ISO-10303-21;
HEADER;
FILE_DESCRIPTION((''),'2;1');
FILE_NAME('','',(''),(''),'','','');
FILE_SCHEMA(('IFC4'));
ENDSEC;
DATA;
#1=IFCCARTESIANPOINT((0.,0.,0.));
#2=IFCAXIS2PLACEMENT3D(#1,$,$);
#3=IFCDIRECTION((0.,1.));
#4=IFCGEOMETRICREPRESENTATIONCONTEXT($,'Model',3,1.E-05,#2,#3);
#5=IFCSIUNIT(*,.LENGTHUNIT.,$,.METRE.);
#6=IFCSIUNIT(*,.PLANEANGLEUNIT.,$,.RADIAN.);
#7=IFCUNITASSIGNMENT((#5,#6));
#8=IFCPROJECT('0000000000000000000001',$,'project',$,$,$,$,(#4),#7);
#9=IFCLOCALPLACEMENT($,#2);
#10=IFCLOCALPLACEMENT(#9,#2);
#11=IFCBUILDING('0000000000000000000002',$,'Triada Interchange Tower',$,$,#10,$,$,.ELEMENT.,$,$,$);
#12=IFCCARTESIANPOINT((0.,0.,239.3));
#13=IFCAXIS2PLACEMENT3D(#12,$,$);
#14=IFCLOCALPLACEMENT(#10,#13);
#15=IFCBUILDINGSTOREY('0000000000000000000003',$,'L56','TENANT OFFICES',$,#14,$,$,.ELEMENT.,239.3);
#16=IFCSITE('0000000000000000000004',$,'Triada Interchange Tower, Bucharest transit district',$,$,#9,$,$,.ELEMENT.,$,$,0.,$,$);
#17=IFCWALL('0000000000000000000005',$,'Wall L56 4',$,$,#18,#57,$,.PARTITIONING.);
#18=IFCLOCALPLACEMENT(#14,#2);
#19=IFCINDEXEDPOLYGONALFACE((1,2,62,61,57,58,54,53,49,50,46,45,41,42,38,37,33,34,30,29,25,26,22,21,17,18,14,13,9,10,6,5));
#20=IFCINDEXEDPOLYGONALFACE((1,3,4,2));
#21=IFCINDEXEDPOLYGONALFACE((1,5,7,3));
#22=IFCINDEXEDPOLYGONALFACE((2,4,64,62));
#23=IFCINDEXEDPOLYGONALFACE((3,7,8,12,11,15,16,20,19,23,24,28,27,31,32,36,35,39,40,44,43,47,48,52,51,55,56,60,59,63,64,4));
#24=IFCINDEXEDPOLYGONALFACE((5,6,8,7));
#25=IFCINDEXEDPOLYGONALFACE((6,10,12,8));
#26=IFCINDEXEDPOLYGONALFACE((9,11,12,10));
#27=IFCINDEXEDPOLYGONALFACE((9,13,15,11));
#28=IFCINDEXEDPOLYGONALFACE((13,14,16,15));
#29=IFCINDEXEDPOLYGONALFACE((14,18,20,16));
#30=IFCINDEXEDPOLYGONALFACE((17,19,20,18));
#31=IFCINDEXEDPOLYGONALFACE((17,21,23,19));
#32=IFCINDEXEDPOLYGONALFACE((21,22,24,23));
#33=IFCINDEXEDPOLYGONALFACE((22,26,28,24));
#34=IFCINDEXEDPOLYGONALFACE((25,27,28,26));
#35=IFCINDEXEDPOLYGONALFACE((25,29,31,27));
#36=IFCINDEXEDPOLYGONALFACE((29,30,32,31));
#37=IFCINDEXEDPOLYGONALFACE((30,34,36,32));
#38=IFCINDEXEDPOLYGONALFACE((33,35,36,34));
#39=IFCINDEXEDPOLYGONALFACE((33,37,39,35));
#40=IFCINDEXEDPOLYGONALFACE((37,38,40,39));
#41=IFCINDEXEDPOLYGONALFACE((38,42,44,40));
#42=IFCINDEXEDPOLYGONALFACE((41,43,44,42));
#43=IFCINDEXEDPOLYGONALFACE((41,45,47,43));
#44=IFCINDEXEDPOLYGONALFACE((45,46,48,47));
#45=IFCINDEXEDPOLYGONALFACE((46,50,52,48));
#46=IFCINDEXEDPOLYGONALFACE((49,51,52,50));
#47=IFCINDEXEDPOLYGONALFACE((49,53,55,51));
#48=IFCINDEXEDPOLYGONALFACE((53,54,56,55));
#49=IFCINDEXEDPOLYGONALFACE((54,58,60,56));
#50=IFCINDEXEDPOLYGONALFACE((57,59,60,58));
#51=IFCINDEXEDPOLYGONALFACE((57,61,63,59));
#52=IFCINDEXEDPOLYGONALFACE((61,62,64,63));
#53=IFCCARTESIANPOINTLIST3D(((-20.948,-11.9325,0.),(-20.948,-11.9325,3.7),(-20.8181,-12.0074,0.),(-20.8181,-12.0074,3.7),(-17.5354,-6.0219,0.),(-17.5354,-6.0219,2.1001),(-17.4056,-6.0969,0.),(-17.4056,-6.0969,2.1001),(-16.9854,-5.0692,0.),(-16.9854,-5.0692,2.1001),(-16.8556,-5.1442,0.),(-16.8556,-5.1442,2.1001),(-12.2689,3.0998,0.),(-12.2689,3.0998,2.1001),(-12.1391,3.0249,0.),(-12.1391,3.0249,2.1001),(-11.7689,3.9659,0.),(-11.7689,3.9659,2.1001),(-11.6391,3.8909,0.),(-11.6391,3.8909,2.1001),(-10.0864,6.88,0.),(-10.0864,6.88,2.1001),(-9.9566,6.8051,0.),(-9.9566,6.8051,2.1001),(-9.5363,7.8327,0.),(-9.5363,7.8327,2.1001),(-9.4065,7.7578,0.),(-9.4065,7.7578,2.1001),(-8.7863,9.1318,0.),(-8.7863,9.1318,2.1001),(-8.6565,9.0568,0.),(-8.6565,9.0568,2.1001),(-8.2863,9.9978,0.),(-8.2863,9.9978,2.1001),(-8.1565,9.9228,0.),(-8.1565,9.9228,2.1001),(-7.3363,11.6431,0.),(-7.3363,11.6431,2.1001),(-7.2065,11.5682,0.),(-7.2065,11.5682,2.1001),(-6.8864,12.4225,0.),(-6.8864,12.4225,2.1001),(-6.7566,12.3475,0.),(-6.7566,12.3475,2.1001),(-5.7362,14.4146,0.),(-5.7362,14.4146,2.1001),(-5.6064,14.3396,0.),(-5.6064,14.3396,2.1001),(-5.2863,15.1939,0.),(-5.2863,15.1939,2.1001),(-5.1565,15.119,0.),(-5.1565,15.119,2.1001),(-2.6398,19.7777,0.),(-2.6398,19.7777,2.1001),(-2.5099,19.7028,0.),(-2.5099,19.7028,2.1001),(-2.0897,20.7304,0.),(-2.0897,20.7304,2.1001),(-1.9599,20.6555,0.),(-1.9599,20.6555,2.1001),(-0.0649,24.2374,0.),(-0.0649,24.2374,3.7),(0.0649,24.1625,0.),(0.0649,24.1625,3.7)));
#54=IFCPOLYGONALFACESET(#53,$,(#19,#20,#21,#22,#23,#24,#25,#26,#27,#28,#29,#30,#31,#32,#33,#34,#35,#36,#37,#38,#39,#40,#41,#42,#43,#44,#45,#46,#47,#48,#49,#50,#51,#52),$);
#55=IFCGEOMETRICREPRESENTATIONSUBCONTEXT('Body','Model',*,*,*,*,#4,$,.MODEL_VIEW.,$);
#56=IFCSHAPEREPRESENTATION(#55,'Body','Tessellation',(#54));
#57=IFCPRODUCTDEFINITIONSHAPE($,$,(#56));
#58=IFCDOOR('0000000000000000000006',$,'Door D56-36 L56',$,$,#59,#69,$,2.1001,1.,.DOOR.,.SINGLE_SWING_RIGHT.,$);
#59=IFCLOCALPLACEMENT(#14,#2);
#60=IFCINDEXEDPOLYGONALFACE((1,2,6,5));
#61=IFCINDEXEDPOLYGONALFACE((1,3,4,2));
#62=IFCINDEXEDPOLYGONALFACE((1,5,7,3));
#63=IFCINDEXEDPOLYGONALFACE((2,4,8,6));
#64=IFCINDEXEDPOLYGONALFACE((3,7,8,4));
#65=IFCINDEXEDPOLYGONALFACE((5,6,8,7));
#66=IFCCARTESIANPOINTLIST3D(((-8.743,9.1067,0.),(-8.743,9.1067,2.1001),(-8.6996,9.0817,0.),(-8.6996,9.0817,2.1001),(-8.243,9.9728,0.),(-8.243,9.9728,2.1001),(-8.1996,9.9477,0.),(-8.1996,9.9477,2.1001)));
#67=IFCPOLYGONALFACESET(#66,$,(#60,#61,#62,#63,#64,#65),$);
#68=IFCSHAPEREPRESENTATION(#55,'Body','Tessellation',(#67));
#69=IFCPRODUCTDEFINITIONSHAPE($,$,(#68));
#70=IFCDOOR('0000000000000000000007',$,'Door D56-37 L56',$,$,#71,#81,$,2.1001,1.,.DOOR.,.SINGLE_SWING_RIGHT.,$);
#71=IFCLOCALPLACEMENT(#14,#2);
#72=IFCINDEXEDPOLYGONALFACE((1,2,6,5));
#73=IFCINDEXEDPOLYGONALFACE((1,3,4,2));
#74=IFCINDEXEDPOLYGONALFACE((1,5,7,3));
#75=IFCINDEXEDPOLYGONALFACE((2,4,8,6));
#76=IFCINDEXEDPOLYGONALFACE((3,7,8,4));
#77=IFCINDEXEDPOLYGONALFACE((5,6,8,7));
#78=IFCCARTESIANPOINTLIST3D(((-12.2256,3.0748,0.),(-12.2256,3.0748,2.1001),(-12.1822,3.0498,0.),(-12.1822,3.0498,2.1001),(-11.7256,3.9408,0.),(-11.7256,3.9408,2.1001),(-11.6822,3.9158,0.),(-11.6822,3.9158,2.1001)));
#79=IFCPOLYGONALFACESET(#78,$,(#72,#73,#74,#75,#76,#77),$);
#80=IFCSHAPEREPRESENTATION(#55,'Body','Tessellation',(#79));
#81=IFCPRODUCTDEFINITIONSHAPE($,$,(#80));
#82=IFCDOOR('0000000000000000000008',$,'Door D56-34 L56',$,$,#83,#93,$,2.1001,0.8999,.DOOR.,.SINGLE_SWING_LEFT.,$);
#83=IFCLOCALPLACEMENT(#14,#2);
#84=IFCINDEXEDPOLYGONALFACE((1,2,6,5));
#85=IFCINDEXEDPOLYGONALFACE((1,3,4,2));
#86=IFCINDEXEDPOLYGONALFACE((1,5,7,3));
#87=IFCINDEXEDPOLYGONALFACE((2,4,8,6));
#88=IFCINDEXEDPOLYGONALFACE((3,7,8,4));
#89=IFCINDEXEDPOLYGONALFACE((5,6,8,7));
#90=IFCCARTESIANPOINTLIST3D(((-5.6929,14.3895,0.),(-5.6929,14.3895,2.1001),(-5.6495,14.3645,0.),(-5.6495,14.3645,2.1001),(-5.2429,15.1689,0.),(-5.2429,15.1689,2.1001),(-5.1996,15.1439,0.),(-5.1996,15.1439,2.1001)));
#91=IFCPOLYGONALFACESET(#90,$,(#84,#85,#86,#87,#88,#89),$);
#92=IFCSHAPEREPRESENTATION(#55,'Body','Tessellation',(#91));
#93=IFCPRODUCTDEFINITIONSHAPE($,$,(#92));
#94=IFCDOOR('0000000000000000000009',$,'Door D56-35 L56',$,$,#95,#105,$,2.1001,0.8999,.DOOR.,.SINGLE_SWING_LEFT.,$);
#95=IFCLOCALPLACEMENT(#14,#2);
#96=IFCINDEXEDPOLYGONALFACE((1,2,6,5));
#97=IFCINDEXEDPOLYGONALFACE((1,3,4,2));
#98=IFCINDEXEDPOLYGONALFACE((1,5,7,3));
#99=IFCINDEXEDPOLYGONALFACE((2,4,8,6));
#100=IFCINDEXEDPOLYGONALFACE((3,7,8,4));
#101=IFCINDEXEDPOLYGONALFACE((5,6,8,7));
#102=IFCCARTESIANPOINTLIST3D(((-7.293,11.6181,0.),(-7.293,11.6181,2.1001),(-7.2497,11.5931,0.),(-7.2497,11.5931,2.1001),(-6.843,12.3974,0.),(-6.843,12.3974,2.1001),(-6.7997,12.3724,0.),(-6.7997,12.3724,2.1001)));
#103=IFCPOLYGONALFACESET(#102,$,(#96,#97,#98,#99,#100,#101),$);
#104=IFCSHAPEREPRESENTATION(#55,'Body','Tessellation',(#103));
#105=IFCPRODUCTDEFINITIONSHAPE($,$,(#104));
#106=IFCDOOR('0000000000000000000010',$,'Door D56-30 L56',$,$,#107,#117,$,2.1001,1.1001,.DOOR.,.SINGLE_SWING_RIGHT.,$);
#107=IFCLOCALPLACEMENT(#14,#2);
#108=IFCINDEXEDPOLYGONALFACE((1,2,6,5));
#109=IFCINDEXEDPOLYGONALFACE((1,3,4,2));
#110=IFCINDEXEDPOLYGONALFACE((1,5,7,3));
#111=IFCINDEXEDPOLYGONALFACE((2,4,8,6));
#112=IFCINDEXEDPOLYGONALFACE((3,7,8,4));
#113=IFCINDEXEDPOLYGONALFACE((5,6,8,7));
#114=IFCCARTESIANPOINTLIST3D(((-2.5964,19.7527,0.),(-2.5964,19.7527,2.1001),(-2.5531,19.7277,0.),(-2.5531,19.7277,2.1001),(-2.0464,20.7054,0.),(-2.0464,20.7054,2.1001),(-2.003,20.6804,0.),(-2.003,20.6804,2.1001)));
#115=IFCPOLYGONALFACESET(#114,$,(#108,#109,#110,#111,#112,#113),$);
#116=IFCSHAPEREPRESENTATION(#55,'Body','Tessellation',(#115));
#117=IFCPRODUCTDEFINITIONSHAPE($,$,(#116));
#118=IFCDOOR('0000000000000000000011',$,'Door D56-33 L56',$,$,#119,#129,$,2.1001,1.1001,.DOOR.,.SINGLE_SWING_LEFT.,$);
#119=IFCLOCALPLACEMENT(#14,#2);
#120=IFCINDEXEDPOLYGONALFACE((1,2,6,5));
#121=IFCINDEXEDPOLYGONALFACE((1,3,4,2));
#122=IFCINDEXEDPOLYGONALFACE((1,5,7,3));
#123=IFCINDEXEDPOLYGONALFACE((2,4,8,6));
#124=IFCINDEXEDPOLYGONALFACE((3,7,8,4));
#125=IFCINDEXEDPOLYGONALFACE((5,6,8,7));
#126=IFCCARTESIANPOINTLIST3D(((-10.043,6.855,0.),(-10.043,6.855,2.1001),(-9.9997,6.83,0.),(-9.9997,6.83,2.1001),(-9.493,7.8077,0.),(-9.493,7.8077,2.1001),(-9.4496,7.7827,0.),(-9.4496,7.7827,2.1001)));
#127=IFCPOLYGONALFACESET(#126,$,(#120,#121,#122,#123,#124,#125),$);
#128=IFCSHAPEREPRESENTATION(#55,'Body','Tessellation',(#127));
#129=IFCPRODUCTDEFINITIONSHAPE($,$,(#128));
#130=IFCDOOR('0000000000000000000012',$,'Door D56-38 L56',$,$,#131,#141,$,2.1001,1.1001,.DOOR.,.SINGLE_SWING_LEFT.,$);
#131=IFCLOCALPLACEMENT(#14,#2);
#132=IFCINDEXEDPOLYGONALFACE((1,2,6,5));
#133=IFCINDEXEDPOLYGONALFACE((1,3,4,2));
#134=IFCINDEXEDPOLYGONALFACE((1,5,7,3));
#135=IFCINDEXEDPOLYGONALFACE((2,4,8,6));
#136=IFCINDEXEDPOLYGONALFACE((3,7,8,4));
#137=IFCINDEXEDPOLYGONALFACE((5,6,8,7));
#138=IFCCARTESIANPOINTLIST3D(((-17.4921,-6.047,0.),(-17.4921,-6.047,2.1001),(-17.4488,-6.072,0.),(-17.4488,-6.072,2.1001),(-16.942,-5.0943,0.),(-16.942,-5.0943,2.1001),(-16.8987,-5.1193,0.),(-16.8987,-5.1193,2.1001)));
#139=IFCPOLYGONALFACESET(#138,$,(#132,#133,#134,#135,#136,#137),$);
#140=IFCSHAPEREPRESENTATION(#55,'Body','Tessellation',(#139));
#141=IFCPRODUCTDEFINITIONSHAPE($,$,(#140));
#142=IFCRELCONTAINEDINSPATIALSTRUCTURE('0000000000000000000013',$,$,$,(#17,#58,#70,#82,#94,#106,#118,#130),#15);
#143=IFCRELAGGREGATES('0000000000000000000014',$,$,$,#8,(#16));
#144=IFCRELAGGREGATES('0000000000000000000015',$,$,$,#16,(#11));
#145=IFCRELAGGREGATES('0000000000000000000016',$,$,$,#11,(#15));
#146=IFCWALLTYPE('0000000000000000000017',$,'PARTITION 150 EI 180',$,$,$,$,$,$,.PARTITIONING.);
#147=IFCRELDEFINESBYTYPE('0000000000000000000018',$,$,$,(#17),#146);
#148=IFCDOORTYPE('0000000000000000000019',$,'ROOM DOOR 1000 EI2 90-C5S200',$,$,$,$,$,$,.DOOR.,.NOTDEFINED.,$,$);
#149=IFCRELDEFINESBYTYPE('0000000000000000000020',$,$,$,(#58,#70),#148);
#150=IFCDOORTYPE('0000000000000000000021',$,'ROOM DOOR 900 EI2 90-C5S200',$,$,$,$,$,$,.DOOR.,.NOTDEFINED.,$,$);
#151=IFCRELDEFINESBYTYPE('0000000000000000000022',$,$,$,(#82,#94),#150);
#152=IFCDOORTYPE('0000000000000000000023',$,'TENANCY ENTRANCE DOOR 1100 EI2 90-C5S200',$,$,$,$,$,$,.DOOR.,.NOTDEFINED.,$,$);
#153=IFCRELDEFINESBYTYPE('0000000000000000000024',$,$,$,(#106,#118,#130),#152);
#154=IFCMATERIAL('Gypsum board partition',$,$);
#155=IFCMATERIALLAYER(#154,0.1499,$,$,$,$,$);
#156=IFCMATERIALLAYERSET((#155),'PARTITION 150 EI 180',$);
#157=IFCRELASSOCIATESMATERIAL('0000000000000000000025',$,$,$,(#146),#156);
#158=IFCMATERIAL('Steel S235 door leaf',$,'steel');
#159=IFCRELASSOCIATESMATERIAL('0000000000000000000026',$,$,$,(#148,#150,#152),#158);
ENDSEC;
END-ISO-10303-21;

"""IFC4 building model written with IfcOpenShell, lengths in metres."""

from ifc_helpers import new_model, si_unit, direction, frame, frame_2d, origin, place, context, subcontext, project, spatial, rectangle, extrude, material, layer, layer_set, type_object, element, fill, save


model = new_model("IFC4")

# Units and contexts
model_context = context("Model", 3, precision=1e-05, world=origin(), true_north=direction((0.0, 1.0)))
body_context = subcontext(model_context, "Body", "Model", "MODEL_VIEW")
ifc_project = project(units=[si_unit("LENGTHUNIT", "METRE"), si_unit("PLANEANGLEUNIT", "RADIAN")], contexts=[model_context])

# Site, building, storey
site_placement = place(None, origin())
site = spatial("IfcSite", under=ifc_project, at=site_placement, Name="Triada Interchange Tower, Bucharest transit district", CompositionType="ELEMENT", RefElevation=0.0)
building_placement = place(site_placement, origin())
building = spatial("IfcBuilding", under=site, at=building_placement, Name="Triada Interchange Tower", CompositionType="ELEMENT")
storey_placement = place(building_placement, frame((0.0, 0.0, 239.3)))
storey = spatial("IfcBuildingStorey", under=building, at=storey_placement, Name="L56", Description="TENANT OFFICES", CompositionType="ELEMENT", Elevation=239.3)

# Wall, openings, doors
ifc_material_1 = material(Name="Gypsum board partition")
ifc_layer = layer(ifc_material_1, 0.1499)
ifc_layer_set = layer_set([ifc_layer], Name="PARTITION 150 EI 180")
wall_type = type_object("IfcWallType", Name="PARTITION 150 EI 180", PredefinedType="PARTITIONING", material=ifc_layer_set)
ifc_material_2 = material(Name="Steel S235 door leaf", Category="steel")
door_type_1 = type_object("IfcDoorType", Name="ROOM DOOR 1000 EI2 90-C5S200", OperationType="NOTDEFINED", PredefinedType="DOOR", material=ifc_material_2)
door_type_2 = type_object("IfcDoorType", Name="ROOM DOOR 900 EI2 90-C5S200", OperationType="NOTDEFINED", PredefinedType="DOOR", material=ifc_material_2)
door_type_3 = type_object("IfcDoorType", Name="TENANCY ENTRANCE DOOR 1100 EI2 90-C5S200", OperationType="NOTDEFINED", PredefinedType="DOOR", material=ifc_material_2)
wall_1_placement = place(storey_placement, frame((-20.8831, -11.97, 0.0), z_axis=(0.0, 0.0, 1.0), x_axis=(0.500006, 0.866022, 0.0)))
wall_1 = element("IfcWall", 1, at=wall_1_placement, inside=storey, type_object=wall_type, Name="Wall L56 4", PredefinedType="PARTITIONING", context=body_context, shape_type="SweptSolid", body=[
    extrude(rectangle(XDim=41.7656, YDim=0.1499, at=frame_2d((20.8828, 0.0))), origin(), (0.0, 0.0, 1.0), 3.7),
])
opening_1_placement = place(wall_1_placement, frame((36.616, 0.0, 0.0)))
opening_1 = element("IfcOpeningElement", 2, at=opening_1_placement, cuts=wall_1, PredefinedType="OPENING", context=body_context, shape_type="SweptSolid", body=[
    extrude(rectangle(XDim=1.1001, YDim=2.1001, at=frame_2d((0.55, 1.05))), frame((0.0, 0.085, 0.0), z_axis=(0.0, -1.0, 0.0), x_axis=(1.0, 0.0, 0.0)), (0.0, 0.0, 1.0), 0.1699),
])
opening_2_placement = place(wall_1_placement, frame((21.7229, 0.0, 0.0)))
opening_2 = element("IfcOpeningElement", 3, at=opening_2_placement, cuts=wall_1, PredefinedType="OPENING", context=body_context, shape_type="SweptSolid", body=[
    extrude(rectangle(XDim=1.1001, YDim=2.1001, at=frame_2d((0.55, 1.05))), frame((0.0, 0.085, 0.0), z_axis=(0.0, -1.0, 0.0), x_axis=(1.0, 0.0, 0.0)), (0.0, 0.0, 1.0), 0.1699),
])
opening_3_placement = place(wall_1_placement, frame((30.4231, 0.0, 0.0)))
opening_3 = element("IfcOpeningElement", 4, at=opening_3_placement, cuts=wall_1, PredefinedType="OPENING", context=body_context, shape_type="SweptSolid", body=[
    extrude(rectangle(XDim=0.8999, YDim=2.1001, at=frame_2d((0.45, 1.05))), frame((0.0, 0.085, 0.0), z_axis=(0.0, -1.0, 0.0), x_axis=(1.0, 0.0, 0.0)), (0.0, 0.0, 1.0), 0.1699),
])
opening_4_placement = place(wall_1_placement, frame((27.2229, 0.0, 0.0)))
opening_4 = element("IfcOpeningElement", 5, at=opening_4_placement, cuts=wall_1, PredefinedType="OPENING", context=body_context, shape_type="SweptSolid", body=[
    extrude(rectangle(XDim=0.8999, YDim=2.1001, at=frame_2d((0.45, 1.05))), frame((0.0, 0.085, 0.0), z_axis=(0.0, -1.0, 0.0), x_axis=(1.0, 0.0, 0.0)), (0.0, 0.0, 1.0), 0.1699),
])
opening_5_placement = place(wall_1_placement, frame((24.323, 0.0, 0.0)))
opening_5 = element("IfcOpeningElement", 6, at=opening_5_placement, cuts=wall_1, PredefinedType="OPENING", context=body_context, shape_type="SweptSolid", body=[
    extrude(rectangle(XDim=1.0, YDim=2.1001, at=frame_2d((0.5, 1.05))), frame((0.0, 0.085, 0.0), z_axis=(0.0, -1.0, 0.0), x_axis=(1.0, 0.0, 0.0)), (0.0, 0.0, 1.0), 0.1699),
])
opening_6_placement = place(wall_1_placement, frame((17.3579, 0.0, 0.0)))
opening_6 = element("IfcOpeningElement", 7, at=opening_6_placement, cuts=wall_1, PredefinedType="OPENING", context=body_context, shape_type="SweptSolid", body=[
    extrude(rectangle(XDim=1.0, YDim=2.1001, at=frame_2d((0.5, 1.05))), frame((0.0, 0.085, 0.0), z_axis=(0.0, -1.0, 0.0), x_axis=(1.0, 0.0, 0.0)), (0.0, 0.0, 1.0), 0.1699),
])
opening_7_placement = place(wall_1_placement, frame((6.825, 0.0, 0.0)))
opening_7 = element("IfcOpeningElement", 8, at=opening_7_placement, cuts=wall_1, PredefinedType="OPENING", context=body_context, shape_type="SweptSolid", body=[
    extrude(rectangle(XDim=1.1001, YDim=2.1001, at=frame_2d((0.55, 1.05))), frame((0.0, 0.085, 0.0), z_axis=(0.0, -1.0, 0.0), x_axis=(1.0, 0.0, 0.0)), (0.0, 0.0, 1.0), 0.1699),
])
door_1_placement = place(opening_5_placement, origin())
door_1 = element("IfcDoor", 9, at=door_1_placement, inside=storey, type_object=door_type_1, Name="Door D56-36 L56", OperationType="SINGLE_SWING_RIGHT", OverallHeight=2.1001, OverallWidth=1.0, PredefinedType="DOOR", context=body_context, shape_type="SweptSolid", body=[
    extrude(rectangle(XDim=1.0, YDim=2.1001, at=frame_2d((0.5, 1.05))), frame((0.0, 0.0249, 0.0), z_axis=(0.0, -1.0, 0.0), x_axis=(1.0, 0.0, 0.0)), (0.0, 0.0, 1.0), 0.05),
])
fill(opening_5, door_1)
door_2_placement = place(opening_6_placement, origin())
door_2 = element("IfcDoor", 10, at=door_2_placement, inside=storey, type_object=door_type_1, Name="Door D56-37 L56", OperationType="SINGLE_SWING_RIGHT", OverallHeight=2.1001, OverallWidth=1.0, PredefinedType="DOOR", context=body_context, shape_type="SweptSolid", body=[
    extrude(rectangle(XDim=1.0, YDim=2.1001, at=frame_2d((0.5, 1.05))), frame((0.0, 0.0249, 0.0), z_axis=(0.0, -1.0, 0.0), x_axis=(1.0, 0.0, 0.0)), (0.0, 0.0, 1.0), 0.05),
])
fill(opening_6, door_2)
door_3_placement = place(opening_3_placement, origin())
door_3 = element("IfcDoor", 11, at=door_3_placement, inside=storey, type_object=door_type_2, Name="Door D56-34 L56", OperationType="SINGLE_SWING_LEFT", OverallHeight=2.1001, OverallWidth=0.8999, PredefinedType="DOOR", context=body_context, shape_type="SweptSolid", body=[
    extrude(rectangle(XDim=0.8999, YDim=2.1001, at=frame_2d((0.45, 1.05))), frame((0.0, 0.0249, 0.0), z_axis=(0.0, -1.0, 0.0), x_axis=(1.0, 0.0, 0.0)), (0.0, 0.0, 1.0), 0.05),
])
fill(opening_3, door_3)
door_4_placement = place(opening_4_placement, origin())
door_4 = element("IfcDoor", 12, at=door_4_placement, inside=storey, type_object=door_type_2, Name="Door D56-35 L56", OperationType="SINGLE_SWING_LEFT", OverallHeight=2.1001, OverallWidth=0.8999, PredefinedType="DOOR", context=body_context, shape_type="SweptSolid", body=[
    extrude(rectangle(XDim=0.8999, YDim=2.1001, at=frame_2d((0.45, 1.05))), frame((0.0, 0.0249, 0.0), z_axis=(0.0, -1.0, 0.0), x_axis=(1.0, 0.0, 0.0)), (0.0, 0.0, 1.0), 0.05),
])
fill(opening_4, door_4)
door_5_placement = place(opening_1_placement, origin())
door_5 = element("IfcDoor", 13, at=door_5_placement, inside=storey, type_object=door_type_3, Name="Door D56-30 L56", OperationType="SINGLE_SWING_RIGHT", OverallHeight=2.1001, OverallWidth=1.1001, PredefinedType="DOOR", context=body_context, shape_type="SweptSolid", body=[
    extrude(rectangle(XDim=1.1001, YDim=2.1001, at=frame_2d((0.55, 1.05))), frame((0.0, 0.0249, 0.0), z_axis=(0.0, -1.0, 0.0), x_axis=(1.0, 0.0, 0.0)), (0.0, 0.0, 1.0), 0.05),
])
fill(opening_1, door_5)
door_6_placement = place(opening_2_placement, origin())
door_6 = element("IfcDoor", 14, at=door_6_placement, inside=storey, type_object=door_type_3, Name="Door D56-33 L56", OperationType="SINGLE_SWING_LEFT", OverallHeight=2.1001, OverallWidth=1.1001, PredefinedType="DOOR", context=body_context, shape_type="SweptSolid", body=[
    extrude(rectangle(XDim=1.1001, YDim=2.1001, at=frame_2d((0.55, 1.05))), frame((0.0, 0.0249, 0.0), z_axis=(0.0, -1.0, 0.0), x_axis=(1.0, 0.0, 0.0)), (0.0, 0.0, 1.0), 0.05),
])
fill(opening_2, door_6)
door_7_placement = place(opening_7_placement, origin())
door_7 = element("IfcDoor", 15, at=door_7_placement, inside=storey, type_object=door_type_3, Name="Door D56-38 L56", OperationType="SINGLE_SWING_LEFT", OverallHeight=2.1001, OverallWidth=1.1001, PredefinedType="DOOR", context=body_context, shape_type="SweptSolid", body=[
    extrude(rectangle(XDim=1.1001, YDim=2.1001, at=frame_2d((0.55, 1.05))), frame((0.0, 0.0249, 0.0), z_axis=(0.0, -1.0, 0.0), x_axis=(1.0, 0.0, 0.0)), (0.0, 0.0, 1.0), 0.05),
])
fill(opening_7, door_7)

save(model, "model.ifc")
